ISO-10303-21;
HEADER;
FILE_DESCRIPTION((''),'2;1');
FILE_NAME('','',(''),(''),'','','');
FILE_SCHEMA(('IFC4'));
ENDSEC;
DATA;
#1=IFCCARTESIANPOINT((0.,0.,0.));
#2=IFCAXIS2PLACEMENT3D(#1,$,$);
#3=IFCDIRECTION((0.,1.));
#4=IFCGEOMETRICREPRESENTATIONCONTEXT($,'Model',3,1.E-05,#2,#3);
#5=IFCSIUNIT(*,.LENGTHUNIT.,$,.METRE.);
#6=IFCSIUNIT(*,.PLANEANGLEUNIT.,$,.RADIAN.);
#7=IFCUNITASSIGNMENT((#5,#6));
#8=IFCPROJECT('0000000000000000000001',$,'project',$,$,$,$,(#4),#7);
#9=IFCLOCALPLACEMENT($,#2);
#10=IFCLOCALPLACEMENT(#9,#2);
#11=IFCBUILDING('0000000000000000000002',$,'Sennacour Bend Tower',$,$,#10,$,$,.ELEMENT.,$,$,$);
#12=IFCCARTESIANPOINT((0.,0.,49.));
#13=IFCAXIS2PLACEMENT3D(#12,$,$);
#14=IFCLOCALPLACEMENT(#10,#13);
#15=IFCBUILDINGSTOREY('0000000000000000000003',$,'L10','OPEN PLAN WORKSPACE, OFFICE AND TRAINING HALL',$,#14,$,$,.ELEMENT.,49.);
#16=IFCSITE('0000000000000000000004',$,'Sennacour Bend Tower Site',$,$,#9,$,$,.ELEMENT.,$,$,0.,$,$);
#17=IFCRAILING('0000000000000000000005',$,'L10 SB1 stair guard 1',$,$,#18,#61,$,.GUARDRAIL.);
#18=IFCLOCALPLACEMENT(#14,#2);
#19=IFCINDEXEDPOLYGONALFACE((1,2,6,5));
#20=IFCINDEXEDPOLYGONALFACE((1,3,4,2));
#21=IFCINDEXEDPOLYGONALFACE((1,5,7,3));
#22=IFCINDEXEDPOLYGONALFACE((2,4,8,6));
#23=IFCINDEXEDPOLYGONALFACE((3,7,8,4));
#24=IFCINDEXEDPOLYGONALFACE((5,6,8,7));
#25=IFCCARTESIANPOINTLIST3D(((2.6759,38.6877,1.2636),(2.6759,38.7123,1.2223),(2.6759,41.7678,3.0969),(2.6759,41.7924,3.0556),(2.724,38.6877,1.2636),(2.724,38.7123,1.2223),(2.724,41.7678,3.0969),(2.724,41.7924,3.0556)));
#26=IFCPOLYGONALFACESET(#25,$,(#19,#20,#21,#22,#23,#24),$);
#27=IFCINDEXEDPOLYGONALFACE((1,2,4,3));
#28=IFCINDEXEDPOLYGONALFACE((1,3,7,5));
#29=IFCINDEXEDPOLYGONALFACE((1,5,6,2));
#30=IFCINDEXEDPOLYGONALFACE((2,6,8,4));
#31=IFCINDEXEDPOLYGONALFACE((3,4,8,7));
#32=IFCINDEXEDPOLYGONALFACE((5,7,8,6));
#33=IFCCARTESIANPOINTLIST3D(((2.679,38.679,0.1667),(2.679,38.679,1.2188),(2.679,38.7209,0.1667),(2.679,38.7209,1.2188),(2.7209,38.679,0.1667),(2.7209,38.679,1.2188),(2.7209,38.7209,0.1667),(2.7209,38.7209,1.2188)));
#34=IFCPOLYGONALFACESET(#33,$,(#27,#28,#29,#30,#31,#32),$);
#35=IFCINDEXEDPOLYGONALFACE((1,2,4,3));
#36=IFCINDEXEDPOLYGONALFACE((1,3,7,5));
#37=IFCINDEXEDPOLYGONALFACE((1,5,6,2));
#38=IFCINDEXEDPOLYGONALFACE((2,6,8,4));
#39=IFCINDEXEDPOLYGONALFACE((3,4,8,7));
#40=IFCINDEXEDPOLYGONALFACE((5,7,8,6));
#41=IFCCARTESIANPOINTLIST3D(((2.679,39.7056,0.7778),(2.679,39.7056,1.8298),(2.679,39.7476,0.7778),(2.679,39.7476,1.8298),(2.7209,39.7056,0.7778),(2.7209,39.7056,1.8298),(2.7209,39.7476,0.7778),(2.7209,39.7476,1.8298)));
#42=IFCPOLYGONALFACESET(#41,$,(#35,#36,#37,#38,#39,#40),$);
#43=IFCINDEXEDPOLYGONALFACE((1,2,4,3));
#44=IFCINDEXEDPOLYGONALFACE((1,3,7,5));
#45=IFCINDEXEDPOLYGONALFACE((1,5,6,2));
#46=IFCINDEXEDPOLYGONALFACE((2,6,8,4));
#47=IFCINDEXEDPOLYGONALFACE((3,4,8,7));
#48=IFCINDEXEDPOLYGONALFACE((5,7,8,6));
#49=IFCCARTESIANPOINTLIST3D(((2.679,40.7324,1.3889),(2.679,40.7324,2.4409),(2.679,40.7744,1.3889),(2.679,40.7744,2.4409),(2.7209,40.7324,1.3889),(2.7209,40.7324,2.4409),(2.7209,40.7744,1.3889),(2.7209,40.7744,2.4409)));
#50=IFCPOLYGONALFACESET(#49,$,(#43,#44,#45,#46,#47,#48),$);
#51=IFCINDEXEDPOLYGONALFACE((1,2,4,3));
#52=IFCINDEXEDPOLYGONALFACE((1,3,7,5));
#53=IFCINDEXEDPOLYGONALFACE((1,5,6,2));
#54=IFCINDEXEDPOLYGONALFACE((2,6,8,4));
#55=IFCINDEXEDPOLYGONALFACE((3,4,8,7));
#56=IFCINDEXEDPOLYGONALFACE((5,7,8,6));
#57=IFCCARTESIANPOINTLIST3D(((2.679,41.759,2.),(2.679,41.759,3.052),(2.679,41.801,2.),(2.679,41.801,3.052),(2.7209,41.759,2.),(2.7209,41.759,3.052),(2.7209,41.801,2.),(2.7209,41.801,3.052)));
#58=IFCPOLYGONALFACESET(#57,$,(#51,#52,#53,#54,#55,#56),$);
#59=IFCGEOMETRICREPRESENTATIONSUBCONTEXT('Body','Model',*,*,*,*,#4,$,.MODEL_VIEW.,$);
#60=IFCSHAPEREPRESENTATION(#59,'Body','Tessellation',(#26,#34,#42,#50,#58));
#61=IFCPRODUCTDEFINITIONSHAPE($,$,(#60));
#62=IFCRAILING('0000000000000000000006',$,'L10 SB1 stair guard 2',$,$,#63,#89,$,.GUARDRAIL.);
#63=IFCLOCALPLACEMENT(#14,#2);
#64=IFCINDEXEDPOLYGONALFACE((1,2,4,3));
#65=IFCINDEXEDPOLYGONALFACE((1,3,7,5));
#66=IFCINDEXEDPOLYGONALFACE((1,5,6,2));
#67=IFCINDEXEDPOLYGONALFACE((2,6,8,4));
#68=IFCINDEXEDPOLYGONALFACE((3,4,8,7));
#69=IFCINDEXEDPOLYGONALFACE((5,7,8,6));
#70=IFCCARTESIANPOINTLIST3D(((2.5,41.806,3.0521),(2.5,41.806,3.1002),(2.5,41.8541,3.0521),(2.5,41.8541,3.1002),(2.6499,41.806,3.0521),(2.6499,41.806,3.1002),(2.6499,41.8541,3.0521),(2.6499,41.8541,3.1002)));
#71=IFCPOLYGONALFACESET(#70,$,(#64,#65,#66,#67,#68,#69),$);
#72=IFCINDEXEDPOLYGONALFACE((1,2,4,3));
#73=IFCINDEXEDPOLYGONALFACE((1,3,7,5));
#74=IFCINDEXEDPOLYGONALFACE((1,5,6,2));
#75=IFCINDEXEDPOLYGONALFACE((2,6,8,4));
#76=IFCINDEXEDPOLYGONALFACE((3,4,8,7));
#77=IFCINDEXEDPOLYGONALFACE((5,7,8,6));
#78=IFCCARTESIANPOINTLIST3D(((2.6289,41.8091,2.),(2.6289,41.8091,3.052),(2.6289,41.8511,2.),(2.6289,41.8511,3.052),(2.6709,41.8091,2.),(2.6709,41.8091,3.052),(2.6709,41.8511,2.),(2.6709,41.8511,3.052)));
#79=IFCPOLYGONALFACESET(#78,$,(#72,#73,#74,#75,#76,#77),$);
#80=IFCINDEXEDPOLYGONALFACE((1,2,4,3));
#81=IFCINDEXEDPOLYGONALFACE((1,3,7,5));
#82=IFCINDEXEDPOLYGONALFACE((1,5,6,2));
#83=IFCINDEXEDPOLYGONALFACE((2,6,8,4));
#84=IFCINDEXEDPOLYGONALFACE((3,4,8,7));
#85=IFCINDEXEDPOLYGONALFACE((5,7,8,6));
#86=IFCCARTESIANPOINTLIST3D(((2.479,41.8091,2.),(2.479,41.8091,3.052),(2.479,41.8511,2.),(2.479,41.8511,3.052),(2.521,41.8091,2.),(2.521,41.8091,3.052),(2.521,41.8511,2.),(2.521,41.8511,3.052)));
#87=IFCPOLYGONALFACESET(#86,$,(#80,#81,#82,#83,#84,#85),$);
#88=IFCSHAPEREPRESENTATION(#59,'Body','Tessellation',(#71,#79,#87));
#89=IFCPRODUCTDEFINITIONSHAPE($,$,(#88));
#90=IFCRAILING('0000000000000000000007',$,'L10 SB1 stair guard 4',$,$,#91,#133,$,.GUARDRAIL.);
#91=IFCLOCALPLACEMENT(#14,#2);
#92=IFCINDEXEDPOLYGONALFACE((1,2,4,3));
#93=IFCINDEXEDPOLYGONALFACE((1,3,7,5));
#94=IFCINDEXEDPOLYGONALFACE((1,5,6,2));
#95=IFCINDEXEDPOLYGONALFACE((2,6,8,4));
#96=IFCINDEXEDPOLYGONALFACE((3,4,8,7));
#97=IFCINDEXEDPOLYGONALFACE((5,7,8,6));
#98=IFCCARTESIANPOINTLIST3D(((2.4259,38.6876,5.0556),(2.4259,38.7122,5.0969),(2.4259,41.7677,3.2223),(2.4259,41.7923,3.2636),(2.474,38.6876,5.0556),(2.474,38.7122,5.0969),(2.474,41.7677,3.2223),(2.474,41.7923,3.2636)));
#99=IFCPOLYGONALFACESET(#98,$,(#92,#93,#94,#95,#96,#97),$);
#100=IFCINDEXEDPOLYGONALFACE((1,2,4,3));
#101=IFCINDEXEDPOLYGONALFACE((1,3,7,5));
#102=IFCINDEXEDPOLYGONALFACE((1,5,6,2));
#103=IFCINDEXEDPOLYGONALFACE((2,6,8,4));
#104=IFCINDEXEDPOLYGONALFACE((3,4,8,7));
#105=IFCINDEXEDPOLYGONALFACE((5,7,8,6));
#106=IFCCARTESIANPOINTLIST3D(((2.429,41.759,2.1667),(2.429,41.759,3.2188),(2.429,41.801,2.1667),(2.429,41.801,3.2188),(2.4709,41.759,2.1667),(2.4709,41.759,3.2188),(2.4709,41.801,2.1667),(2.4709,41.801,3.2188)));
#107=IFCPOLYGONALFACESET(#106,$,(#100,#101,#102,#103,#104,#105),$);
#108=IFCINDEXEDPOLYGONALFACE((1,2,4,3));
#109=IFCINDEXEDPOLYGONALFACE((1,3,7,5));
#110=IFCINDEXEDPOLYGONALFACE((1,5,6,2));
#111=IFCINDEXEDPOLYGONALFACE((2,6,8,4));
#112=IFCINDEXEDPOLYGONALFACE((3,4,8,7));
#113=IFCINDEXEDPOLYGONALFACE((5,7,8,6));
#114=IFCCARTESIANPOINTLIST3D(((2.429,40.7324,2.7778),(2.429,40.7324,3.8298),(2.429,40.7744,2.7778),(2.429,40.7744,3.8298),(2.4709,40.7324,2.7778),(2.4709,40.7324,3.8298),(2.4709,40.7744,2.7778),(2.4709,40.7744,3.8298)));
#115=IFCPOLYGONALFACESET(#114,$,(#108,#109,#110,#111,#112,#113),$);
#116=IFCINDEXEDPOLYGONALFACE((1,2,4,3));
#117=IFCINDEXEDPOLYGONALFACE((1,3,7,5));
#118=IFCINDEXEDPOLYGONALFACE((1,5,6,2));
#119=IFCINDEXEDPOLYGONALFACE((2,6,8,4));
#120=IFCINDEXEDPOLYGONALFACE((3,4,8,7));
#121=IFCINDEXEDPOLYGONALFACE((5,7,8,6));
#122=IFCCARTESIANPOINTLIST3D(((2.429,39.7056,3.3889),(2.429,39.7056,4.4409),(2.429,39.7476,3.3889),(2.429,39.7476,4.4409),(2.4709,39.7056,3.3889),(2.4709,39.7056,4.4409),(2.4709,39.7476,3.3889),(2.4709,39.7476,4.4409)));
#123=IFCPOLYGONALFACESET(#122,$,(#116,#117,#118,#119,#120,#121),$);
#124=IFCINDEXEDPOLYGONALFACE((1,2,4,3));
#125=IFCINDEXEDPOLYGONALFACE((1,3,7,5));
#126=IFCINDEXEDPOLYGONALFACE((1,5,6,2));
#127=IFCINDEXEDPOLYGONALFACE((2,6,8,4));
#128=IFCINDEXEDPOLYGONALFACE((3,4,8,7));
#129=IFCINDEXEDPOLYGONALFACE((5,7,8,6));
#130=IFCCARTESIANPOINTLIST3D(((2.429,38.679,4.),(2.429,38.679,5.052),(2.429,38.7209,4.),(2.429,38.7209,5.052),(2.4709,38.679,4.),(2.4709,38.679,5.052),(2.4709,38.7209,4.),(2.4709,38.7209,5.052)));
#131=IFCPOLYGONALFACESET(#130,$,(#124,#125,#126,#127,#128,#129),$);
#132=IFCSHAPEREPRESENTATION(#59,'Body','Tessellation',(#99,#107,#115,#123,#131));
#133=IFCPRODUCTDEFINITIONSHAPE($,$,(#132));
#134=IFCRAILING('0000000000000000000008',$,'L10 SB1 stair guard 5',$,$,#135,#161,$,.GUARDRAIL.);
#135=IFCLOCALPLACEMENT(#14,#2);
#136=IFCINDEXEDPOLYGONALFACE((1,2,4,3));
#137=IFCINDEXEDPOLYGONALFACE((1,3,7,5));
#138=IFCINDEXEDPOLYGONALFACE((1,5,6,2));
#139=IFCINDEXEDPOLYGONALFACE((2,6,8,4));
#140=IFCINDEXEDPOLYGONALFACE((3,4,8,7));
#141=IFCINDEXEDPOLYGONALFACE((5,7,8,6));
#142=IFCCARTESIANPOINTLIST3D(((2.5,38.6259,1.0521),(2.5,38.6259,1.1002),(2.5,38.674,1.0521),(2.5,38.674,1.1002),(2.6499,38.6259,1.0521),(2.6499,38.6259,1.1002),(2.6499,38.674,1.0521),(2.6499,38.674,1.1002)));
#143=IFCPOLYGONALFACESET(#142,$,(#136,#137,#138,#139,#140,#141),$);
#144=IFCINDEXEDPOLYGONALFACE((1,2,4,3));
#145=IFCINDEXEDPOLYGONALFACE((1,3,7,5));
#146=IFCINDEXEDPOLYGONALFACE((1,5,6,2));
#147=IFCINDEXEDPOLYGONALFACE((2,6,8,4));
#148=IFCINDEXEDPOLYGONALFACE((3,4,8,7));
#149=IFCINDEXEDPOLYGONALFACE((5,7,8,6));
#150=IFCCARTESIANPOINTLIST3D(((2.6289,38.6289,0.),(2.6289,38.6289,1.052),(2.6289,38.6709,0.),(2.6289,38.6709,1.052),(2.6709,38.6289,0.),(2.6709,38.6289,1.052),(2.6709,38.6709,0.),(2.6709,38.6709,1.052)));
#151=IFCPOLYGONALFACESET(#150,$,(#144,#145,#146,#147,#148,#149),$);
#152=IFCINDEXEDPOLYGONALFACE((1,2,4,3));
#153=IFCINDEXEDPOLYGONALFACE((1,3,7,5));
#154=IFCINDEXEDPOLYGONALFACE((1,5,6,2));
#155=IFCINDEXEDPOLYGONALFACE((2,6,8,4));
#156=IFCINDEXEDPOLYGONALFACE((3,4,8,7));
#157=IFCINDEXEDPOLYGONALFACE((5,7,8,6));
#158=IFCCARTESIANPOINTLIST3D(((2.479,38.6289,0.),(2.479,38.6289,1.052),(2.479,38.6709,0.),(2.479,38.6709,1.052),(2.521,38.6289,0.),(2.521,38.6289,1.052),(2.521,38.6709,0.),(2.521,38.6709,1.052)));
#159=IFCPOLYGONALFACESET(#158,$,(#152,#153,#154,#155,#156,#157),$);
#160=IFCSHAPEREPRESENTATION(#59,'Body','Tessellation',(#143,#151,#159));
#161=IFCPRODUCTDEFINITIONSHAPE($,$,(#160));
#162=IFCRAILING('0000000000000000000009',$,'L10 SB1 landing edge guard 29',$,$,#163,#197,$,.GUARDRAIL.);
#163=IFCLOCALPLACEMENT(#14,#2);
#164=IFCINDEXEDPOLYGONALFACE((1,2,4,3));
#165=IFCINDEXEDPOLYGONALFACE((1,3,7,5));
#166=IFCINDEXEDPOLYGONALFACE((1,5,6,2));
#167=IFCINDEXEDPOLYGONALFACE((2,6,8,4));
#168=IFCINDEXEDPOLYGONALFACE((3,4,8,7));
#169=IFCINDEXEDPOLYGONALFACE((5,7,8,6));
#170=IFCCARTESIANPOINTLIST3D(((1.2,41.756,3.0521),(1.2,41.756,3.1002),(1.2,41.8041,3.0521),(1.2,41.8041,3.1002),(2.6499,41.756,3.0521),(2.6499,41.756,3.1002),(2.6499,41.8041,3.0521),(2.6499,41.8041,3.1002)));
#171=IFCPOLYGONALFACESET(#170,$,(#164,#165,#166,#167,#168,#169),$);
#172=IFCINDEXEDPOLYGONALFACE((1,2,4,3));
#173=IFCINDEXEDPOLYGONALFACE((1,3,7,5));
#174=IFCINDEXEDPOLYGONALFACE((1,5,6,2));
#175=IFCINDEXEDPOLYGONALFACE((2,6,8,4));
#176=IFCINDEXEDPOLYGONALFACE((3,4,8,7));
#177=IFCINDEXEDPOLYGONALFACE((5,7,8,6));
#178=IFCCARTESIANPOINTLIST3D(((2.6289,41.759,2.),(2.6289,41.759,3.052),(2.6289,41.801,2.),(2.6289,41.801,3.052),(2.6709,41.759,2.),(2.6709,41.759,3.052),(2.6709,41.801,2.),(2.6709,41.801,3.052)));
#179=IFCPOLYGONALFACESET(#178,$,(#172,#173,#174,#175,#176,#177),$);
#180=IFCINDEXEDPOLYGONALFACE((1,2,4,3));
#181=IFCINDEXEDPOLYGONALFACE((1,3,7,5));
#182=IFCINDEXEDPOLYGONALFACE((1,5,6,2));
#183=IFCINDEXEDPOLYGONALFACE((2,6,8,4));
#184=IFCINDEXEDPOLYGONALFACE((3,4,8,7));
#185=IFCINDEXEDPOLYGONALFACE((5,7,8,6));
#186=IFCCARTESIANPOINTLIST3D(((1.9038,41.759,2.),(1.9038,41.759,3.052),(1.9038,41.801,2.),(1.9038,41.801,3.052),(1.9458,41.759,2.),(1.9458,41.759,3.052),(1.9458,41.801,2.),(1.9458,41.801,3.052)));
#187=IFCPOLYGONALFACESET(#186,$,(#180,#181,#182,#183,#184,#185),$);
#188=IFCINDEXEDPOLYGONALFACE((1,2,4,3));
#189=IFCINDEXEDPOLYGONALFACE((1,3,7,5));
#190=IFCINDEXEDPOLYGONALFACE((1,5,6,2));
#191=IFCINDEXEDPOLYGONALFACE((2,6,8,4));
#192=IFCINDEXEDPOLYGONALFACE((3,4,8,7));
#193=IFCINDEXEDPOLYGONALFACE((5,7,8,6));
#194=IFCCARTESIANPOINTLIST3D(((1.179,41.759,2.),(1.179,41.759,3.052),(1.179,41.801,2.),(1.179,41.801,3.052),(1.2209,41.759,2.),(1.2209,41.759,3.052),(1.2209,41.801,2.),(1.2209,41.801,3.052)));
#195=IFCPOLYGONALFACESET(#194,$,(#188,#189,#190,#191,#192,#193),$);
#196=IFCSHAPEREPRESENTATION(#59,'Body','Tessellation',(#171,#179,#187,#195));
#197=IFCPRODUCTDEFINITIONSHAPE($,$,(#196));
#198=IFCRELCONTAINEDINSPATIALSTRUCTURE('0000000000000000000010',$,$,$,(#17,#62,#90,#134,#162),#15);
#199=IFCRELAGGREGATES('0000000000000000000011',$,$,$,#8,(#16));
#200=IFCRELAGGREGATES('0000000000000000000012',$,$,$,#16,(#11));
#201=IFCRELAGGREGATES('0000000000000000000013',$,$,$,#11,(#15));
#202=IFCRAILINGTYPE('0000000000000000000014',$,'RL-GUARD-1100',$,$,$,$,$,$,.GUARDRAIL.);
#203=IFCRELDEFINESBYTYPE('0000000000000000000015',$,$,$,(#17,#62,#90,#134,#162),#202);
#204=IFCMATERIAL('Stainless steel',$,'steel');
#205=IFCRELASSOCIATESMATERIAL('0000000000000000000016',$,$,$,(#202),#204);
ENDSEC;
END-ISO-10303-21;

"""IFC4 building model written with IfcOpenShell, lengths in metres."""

from ifc_helpers import new_model, si_unit, direction, frame, origin, origin_2d, place, context, subcontext, project, spatial, rectangle, extrude, material, type_object, element, save


model = new_model("IFC4")

# Units and contexts
model_context = context("Model", 3, precision=1e-05, world=origin(), true_north=direction((0.0, 1.0)))
body_context = subcontext(model_context, "Body", "Model", "MODEL_VIEW")
ifc_project = project(units=[si_unit("LENGTHUNIT", "METRE"), si_unit("PLANEANGLEUNIT", "RADIAN")], contexts=[model_context])

# Site, building, storey
site_placement = place(None, origin())
site = spatial("IfcSite", under=ifc_project, at=site_placement, Name="Sennacour Bend Tower Site", CompositionType="ELEMENT", RefElevation=0.0)
building_placement = place(site_placement, origin())
building = spatial("IfcBuilding", under=site, at=building_placement, Name="Sennacour Bend Tower", CompositionType="ELEMENT")
storey_placement = place(building_placement, frame((0.0, 0.0, 49.0)))
storey = spatial("IfcBuildingStorey", under=building, at=storey_placement, Name="L10", Description="OPEN PLAN WORKSPACE, OFFICE AND TRAINING HALL", CompositionType="ELEMENT", Elevation=49.0)

# Railings
ifc_material_1 = material(Name="Stainless steel", Category="steel")
railing_type_1 = type_object("IfcRailingType", Name="RL-GUARD-1100", PredefinedType="GUARDRAIL", material=ifc_material_1)
railing_1_placement = place(storey_placement, frame((2.7, 38.7, 0.1667)))
element("IfcRailing", 1, at=railing_1_placement, inside=storey, type_object=railing_type_1, Name="L10 SB1 stair guard 1", PredefinedType="GUARDRAIL", context=body_context, shape_type="SweptSolid", body=[
    extrude(rectangle(XDim=0.0481, YDim=0.0481, at=origin_2d()), frame((0.0, 0.0, 1.0762), z_axis=(0.0, 0.859309, 0.511458), x_axis=(-1.0, 0.0, 0.0)), (0.0, 0.0, 1.0), 3.5845),
    extrude(rectangle(XDim=0.042, YDim=0.042, at=origin_2d()), origin(), (0.0, 0.0, 1.0), 1.052),
    extrude(rectangle(XDim=0.042, YDim=0.042, at=origin_2d()), frame((0.0, 1.0266, 0.6111)), (0.0, 0.0, 1.0), 1.052),
    extrude(rectangle(XDim=0.042, YDim=0.042, at=origin_2d()), frame((0.0, 2.0535, 1.2222)), (0.0, 0.0, 1.0), 1.052),
    extrude(rectangle(XDim=0.042, YDim=0.042, at=origin_2d()), frame((0.0, 3.0801, 1.8333)), (0.0, 0.0, 1.0), 1.052),
])
railing_2_placement = place(storey_placement, frame((2.6499, 41.8301, 2.0)))
element("IfcRailing", 2, at=railing_2_placement, inside=storey, type_object=railing_type_1, Name="L10 SB1 stair guard 2", PredefinedType="GUARDRAIL", context=body_context, shape_type="SweptSolid", body=[
    extrude(rectangle(XDim=0.0481, YDim=0.0481, at=origin_2d()), frame((0.0, 0.0, 1.0762), z_axis=(-1.0, 0.0, 0.0), x_axis=(0.0, -1.0, 0.0)), (0.0, 0.0, 1.0), 0.1499),
    extrude(rectangle(XDim=0.042, YDim=0.042, at=origin_2d()), origin(), (0.0, 0.0, 1.0), 1.052),
    extrude(rectangle(XDim=0.042, YDim=0.042, at=origin_2d()), frame((-0.1499, 0.0, 0.0)), (0.0, 0.0, 1.0), 1.052),
])
railing_3_placement = place(storey_placement, frame((2.45, 41.78, 2.1667)))
element("IfcRailing", 3, at=railing_3_placement, inside=storey, type_object=railing_type_1, Name="L10 SB1 stair guard 4", PredefinedType="GUARDRAIL", context=body_context, shape_type="SweptSolid", body=[
    extrude(rectangle(XDim=0.0481, YDim=0.0481, at=origin_2d()), frame((0.0, 0.0, 1.0762), z_axis=(0.0, -0.859309, 0.511458), x_axis=(1.0, 0.0, 0.0)), (0.0, 0.0, 1.0), 3.5845),
    extrude(rectangle(XDim=0.042, YDim=0.042, at=origin_2d()), origin(), (0.0, 0.0, 1.0), 1.052),
    extrude(rectangle(XDim=0.042, YDim=0.042, at=origin_2d()), frame((0.0, -1.0266, 0.6111)), (0.0, 0.0, 1.0), 1.052),
    extrude(rectangle(XDim=0.042, YDim=0.042, at=origin_2d()), frame((0.0, -2.0535, 1.2222)), (0.0, 0.0, 1.0), 1.052),
    extrude(rectangle(XDim=0.042, YDim=0.042, at=origin_2d()), frame((0.0, -3.0801, 1.8333)), (0.0, 0.0, 1.0), 1.052),
])
railing_4_placement = place(storey_placement, frame((2.6499, 38.6499, 0.0)))
element("IfcRailing", 4, at=railing_4_placement, inside=storey, type_object=railing_type_1, Name="L10 SB1 stair guard 5", PredefinedType="GUARDRAIL", context=body_context, shape_type="SweptSolid", body=[
    extrude(rectangle(XDim=0.0481, YDim=0.0481, at=origin_2d()), frame((0.0, 0.0, 1.0762), z_axis=(-1.0, 0.0, 0.0), x_axis=(0.0, -1.0, 0.0)), (0.0, 0.0, 1.0), 0.1499),
    extrude(rectangle(XDim=0.042, YDim=0.042, at=origin_2d()), origin(), (0.0, 0.0, 1.0), 1.052),
    extrude(rectangle(XDim=0.042, YDim=0.042, at=origin_2d()), frame((-0.1499, 0.0, 0.0)), (0.0, 0.0, 1.0), 1.052),
])
railing_5_placement = place(storey_placement, frame((2.6499, 41.78, 2.0)))
element("IfcRailing", 5, at=railing_5_placement, inside=storey, type_object=railing_type_1, Name="L10 SB1 landing edge guard 29", PredefinedType="GUARDRAIL", context=body_context, shape_type="SweptSolid", body=[
    extrude(rectangle(XDim=0.0481, YDim=0.0481, at=origin_2d()), frame((0.0, 0.0, 1.0762), z_axis=(-1.0, 0.0, 0.0), x_axis=(0.0, -1.0, 0.0)), (0.0, 0.0, 1.0), 1.45),
    extrude(rectangle(XDim=0.042, YDim=0.042, at=origin_2d()), origin(), (0.0, 0.0, 1.0), 1.052),
    extrude(rectangle(XDim=0.042, YDim=0.042, at=origin_2d()), frame((-0.7251, 0.0, 0.0)), (0.0, 0.0, 1.0), 1.052),
    extrude(rectangle(XDim=0.042, YDim=0.042, at=origin_2d()), frame((-1.45, 0.0, 0.0)), (0.0, 0.0, 1.0), 1.052),
])

save(model, "model.ifc")
